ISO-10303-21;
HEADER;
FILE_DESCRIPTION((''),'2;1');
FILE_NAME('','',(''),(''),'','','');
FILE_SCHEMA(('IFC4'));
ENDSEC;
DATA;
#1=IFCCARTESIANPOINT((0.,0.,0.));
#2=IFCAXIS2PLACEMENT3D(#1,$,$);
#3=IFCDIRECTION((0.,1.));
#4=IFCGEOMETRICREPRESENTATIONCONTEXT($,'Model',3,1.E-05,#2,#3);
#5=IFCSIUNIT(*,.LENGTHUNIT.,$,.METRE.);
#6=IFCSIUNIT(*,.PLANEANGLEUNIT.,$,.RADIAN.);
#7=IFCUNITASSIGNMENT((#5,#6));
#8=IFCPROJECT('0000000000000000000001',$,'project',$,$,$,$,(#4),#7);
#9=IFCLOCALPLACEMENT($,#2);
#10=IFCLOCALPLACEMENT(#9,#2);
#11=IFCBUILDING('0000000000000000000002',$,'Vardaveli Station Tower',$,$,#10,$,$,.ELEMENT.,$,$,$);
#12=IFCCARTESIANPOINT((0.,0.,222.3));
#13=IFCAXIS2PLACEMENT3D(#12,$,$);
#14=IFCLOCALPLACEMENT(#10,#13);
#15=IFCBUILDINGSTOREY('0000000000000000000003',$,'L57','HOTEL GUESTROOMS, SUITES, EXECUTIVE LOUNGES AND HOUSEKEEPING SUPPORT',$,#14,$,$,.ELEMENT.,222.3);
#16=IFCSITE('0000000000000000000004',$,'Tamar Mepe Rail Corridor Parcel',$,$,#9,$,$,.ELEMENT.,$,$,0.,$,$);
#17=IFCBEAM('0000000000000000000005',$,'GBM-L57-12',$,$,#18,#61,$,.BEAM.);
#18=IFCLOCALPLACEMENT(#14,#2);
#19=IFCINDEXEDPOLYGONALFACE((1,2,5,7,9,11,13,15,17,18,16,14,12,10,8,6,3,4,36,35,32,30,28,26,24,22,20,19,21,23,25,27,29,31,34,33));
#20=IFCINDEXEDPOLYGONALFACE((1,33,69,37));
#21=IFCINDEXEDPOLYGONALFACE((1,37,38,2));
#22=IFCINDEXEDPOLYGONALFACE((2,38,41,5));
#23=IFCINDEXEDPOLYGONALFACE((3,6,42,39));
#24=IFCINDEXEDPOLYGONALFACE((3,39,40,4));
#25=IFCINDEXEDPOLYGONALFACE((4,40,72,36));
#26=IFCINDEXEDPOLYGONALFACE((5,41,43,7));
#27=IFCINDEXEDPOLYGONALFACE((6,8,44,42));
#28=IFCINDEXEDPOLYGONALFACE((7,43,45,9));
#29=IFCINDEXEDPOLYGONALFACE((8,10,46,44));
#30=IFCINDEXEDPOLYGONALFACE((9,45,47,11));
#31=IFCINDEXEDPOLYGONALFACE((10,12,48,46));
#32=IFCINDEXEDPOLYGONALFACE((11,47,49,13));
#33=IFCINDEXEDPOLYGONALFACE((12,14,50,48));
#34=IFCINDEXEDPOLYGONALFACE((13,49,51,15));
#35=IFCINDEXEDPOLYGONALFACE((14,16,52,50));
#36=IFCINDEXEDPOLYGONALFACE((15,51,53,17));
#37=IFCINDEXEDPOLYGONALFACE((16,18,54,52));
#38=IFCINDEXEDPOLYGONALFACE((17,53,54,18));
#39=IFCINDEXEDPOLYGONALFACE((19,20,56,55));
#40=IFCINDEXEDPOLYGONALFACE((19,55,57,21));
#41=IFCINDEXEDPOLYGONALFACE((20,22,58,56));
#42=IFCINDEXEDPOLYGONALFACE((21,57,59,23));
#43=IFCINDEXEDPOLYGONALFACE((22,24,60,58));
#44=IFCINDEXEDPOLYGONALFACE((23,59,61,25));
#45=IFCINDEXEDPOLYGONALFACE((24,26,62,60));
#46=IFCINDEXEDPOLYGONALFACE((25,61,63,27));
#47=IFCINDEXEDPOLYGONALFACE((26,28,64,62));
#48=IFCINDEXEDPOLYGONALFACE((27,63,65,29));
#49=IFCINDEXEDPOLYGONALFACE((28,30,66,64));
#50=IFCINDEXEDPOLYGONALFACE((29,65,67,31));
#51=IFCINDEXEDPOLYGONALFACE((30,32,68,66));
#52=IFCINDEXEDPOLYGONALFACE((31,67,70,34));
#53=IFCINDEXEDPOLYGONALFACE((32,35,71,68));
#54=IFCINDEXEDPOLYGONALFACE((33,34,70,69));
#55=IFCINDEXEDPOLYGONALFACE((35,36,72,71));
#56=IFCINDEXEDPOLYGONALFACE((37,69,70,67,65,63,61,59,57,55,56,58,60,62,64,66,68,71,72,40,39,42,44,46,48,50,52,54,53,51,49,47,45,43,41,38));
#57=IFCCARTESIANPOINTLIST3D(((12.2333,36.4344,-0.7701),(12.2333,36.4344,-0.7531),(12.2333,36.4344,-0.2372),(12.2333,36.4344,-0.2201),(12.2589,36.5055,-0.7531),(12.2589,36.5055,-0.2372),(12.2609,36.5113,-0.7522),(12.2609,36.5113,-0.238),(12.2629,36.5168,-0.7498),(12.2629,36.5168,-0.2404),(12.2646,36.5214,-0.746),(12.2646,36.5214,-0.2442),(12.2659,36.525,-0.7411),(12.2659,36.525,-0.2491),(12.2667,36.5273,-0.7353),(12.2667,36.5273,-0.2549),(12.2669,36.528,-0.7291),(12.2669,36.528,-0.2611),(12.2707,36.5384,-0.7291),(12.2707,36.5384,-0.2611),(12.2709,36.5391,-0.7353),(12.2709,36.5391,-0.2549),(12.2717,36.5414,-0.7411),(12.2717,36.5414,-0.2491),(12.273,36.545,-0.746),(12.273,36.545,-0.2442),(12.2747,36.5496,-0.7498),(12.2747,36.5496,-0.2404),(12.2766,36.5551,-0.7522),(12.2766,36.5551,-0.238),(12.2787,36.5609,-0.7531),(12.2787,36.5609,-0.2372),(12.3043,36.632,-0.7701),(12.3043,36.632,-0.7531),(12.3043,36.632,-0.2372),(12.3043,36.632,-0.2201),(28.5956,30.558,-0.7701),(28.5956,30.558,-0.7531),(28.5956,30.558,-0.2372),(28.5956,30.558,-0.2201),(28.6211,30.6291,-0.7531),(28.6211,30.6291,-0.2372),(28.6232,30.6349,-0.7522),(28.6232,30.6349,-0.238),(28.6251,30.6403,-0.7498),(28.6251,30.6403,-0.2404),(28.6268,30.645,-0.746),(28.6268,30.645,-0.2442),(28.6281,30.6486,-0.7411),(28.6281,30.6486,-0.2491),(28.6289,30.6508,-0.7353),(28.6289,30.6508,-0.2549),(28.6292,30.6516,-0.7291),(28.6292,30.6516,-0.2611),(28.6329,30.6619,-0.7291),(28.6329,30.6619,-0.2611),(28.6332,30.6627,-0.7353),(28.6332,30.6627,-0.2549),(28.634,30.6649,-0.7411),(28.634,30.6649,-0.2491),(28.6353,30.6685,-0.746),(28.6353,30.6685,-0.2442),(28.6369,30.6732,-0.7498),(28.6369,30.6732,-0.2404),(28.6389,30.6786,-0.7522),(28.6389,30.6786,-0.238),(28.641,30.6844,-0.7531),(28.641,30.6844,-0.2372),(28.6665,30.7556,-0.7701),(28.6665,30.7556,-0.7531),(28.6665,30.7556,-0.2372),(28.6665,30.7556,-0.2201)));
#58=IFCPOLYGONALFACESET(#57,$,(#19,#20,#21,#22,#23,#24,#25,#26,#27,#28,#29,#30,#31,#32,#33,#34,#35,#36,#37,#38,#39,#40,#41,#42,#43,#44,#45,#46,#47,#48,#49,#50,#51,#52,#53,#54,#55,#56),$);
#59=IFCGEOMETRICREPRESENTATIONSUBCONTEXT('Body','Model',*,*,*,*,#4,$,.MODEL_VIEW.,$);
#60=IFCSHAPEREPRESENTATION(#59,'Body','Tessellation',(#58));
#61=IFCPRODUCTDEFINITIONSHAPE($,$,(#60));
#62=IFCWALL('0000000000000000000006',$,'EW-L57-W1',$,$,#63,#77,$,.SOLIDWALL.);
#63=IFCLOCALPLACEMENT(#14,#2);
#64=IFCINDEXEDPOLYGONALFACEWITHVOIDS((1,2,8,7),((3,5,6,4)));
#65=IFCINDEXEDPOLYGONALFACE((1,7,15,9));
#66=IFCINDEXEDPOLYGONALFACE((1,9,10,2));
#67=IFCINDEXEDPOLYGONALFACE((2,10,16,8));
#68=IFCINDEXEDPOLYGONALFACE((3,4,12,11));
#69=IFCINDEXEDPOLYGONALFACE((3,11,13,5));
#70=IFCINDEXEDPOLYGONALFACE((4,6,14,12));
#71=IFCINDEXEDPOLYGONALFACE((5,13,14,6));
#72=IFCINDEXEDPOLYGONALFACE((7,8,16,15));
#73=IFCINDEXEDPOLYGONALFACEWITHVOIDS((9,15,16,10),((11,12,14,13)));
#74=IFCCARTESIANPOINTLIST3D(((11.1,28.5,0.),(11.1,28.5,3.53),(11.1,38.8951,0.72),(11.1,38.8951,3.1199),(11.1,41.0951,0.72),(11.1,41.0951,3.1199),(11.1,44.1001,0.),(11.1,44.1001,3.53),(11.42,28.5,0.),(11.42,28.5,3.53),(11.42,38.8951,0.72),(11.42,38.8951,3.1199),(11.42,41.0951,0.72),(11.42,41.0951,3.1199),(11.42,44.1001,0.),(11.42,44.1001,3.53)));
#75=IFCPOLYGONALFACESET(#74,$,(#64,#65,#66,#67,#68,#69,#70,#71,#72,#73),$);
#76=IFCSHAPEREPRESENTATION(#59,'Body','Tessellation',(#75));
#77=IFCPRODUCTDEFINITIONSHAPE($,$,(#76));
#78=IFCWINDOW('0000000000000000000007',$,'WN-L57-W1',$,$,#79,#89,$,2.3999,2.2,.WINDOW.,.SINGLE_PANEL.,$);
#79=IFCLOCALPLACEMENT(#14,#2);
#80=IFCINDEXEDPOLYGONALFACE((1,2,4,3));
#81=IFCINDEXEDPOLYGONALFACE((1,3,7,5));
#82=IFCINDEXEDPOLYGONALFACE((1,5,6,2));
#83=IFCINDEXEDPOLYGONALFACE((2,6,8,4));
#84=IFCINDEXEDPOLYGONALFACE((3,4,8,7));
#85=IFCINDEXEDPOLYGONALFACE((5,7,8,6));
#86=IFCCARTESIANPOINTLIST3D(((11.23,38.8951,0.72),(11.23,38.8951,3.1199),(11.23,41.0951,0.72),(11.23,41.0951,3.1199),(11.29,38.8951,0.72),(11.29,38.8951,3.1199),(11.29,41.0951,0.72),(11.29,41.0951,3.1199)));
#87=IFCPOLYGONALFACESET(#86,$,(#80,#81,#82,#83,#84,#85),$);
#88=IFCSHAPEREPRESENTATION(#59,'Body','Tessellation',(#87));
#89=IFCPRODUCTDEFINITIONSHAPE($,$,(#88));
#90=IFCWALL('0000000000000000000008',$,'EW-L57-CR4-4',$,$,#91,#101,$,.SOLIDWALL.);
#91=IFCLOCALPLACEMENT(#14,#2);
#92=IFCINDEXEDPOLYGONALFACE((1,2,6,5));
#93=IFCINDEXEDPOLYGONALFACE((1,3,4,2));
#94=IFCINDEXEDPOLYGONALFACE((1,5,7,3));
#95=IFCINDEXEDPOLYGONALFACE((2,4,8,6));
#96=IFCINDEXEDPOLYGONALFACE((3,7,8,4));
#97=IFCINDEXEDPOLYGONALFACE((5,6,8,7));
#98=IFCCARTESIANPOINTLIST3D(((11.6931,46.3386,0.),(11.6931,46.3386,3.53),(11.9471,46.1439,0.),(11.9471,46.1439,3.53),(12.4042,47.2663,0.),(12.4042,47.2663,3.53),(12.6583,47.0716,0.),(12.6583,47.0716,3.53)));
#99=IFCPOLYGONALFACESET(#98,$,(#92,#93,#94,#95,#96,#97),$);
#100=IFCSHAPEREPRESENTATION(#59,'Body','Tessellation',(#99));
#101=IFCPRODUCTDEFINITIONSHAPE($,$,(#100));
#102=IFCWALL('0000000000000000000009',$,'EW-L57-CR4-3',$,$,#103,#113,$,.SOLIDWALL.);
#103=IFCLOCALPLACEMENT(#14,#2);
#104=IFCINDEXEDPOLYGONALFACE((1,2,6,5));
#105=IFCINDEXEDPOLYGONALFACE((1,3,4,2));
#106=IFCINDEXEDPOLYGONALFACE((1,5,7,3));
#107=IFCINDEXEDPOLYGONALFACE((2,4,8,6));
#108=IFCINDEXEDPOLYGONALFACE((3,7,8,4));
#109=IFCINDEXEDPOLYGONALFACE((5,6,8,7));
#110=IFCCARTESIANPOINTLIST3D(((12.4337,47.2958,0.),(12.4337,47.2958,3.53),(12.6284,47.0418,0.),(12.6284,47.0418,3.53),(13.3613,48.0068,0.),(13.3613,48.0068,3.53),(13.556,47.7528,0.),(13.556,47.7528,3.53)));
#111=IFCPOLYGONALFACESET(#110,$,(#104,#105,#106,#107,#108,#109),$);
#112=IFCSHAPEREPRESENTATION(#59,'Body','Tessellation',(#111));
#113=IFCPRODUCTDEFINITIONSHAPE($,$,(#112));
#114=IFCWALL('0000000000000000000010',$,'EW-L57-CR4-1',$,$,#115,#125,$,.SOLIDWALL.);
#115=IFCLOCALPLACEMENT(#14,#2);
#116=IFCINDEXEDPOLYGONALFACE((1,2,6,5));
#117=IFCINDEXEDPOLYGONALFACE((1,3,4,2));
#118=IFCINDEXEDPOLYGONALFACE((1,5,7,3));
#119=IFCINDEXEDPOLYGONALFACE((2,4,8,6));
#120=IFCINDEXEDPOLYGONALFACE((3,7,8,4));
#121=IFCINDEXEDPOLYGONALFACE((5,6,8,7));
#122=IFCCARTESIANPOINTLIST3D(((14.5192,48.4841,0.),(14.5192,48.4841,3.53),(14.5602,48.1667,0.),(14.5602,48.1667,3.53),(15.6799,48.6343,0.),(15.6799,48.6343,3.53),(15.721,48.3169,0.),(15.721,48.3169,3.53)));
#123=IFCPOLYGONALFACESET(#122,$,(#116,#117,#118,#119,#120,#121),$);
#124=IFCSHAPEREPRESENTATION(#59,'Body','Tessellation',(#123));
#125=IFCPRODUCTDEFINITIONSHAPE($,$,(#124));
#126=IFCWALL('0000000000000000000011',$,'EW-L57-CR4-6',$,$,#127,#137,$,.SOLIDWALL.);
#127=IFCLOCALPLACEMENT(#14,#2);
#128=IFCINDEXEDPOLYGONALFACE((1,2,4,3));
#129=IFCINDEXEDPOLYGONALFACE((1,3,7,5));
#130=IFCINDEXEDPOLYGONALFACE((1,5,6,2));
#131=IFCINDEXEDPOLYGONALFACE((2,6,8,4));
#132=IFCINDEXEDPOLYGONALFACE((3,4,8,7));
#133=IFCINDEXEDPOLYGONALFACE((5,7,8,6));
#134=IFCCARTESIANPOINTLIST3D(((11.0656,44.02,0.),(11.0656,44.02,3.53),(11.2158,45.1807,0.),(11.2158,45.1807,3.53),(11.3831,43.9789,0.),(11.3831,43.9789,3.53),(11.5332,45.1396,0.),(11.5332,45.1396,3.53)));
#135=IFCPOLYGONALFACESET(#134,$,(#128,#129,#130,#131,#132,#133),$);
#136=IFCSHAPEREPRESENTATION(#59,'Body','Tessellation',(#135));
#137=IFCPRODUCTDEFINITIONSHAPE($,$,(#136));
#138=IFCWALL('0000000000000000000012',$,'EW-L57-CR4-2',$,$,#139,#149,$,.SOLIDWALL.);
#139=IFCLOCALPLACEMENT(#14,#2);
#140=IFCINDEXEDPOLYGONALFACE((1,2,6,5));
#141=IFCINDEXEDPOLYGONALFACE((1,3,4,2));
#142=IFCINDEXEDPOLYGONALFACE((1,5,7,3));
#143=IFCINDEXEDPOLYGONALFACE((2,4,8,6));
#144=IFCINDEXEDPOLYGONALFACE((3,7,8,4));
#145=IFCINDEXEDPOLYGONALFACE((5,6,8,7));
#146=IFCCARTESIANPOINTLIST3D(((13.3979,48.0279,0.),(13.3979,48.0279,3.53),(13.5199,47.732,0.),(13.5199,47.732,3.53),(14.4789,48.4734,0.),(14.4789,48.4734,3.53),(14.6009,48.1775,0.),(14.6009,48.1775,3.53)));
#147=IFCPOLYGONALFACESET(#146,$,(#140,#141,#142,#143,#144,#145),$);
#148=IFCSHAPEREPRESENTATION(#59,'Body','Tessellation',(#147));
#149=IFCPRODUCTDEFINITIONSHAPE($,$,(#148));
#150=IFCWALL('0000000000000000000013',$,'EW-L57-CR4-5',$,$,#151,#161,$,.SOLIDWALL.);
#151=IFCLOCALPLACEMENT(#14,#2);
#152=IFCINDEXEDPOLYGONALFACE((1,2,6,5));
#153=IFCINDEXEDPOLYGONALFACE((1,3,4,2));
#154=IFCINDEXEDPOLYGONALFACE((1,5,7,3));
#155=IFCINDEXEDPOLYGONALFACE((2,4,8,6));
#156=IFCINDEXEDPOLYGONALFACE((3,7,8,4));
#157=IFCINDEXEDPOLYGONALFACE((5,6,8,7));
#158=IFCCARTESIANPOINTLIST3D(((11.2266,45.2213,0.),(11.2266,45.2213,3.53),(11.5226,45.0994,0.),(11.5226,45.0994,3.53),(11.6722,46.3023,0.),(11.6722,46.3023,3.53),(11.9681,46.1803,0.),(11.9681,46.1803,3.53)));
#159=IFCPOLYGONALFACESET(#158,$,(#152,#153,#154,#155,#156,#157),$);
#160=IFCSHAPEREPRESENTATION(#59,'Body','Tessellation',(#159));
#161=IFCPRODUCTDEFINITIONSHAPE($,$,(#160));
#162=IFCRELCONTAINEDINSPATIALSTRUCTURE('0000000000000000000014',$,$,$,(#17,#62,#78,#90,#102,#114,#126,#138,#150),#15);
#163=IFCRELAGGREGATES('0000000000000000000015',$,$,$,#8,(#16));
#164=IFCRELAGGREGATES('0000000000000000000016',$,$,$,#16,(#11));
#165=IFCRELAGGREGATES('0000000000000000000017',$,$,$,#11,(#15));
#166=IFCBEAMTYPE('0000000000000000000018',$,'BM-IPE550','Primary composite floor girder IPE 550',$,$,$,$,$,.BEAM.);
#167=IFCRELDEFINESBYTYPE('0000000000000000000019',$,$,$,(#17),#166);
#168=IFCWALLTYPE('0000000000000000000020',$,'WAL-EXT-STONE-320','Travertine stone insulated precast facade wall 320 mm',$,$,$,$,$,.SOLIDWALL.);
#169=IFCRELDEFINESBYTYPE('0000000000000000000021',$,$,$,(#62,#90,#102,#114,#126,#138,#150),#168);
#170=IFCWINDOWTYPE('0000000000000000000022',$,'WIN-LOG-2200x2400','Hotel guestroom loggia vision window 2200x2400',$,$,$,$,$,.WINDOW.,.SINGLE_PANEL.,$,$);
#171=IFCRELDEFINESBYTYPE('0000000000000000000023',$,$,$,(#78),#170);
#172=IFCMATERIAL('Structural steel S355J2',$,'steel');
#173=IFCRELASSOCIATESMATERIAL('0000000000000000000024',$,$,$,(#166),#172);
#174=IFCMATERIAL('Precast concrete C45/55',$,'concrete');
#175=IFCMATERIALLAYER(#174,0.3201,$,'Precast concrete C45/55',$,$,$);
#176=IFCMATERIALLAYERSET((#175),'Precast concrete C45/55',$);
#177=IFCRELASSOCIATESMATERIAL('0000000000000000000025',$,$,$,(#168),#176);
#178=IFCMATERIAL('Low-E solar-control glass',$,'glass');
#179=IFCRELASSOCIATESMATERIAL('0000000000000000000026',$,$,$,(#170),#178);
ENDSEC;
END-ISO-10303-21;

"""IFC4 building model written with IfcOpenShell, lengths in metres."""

from ifc_helpers import new_model, si_unit, direction, frame, frame_2d, origin, origin_2d, place, context, subcontext, project, spatial, rectangle, i_section, extrude, source, transform, mapped, material, layer, layer_set, material_profile, profile_set, type_object, element, fill, save


model = new_model("IFC4")

# Units and contexts
model_context = context("Model", 3, precision=1e-05, world=origin(), true_north=direction((0.0, 1.0)))
body_context = subcontext(model_context, "Body", "Model", "MODEL_VIEW")
ifc_project = project(units=[si_unit("LENGTHUNIT", "METRE"), si_unit("PLANEANGLEUNIT", "RADIAN")], contexts=[model_context])

# Site, building, storey
site_placement = place(None, origin())
site = spatial("IfcSite", under=ifc_project, at=site_placement, Name="Tamar Mepe Rail Corridor Parcel", CompositionType="ELEMENT", RefElevation=0.0)
building_placement = place(site_placement, origin())
building = spatial("IfcBuilding", under=site, at=building_placement, Name="Vardaveli Station Tower", CompositionType="ELEMENT")
storey_placement = place(building_placement, frame((0.0, 0.0, 222.3)))
storey = spatial("IfcBuildingStorey", under=building, at=storey_placement, Name="L57", Description="HOTEL GUESTROOMS, SUITES, EXECUTIVE LOUNGES AND HOUSEKEEPING SUPPORT", CompositionType="ELEMENT", Elevation=222.3)

# Beam
ifc_material_1 = material(Name="Precast concrete C45/55", Category="concrete")
ifc_material_2 = material(Name="Structural steel S355J2", Category="steel")
ifc_material_profile_1 = material_profile(ifc_material_2, i_section(OverallWidth=0.21, OverallDepth=0.55, WebThickness=0.011, FlangeThickness=0.0171, FilletRadius=0.0239, at=origin_2d()), Name="IPE 550")
ifc_profile_set_1 = profile_set([ifc_material_profile_1], Name="Structural steel S355J2")
beam_type_1 = type_object("IfcBeamType", Name="BM-IPE550", Description="Primary composite floor girder IPE 550", PredefinedType="BEAM", material=ifc_profile_set_1)
shared_shape_1 = source(origin(), body_context, "Body", "SweptSolid", [
    extrude(i_section(OverallWidth=0.21, OverallDepth=0.55, WebThickness=0.011, FlangeThickness=0.0171, FilletRadius=0.0239, at=origin_2d()), origin(), (0.0, 0.0, 1.0), 17.3855),
])
beam_1_placement = place(storey_placement, frame((12.2688, 36.5332, -0.4951), z_axis=(0.941143, -0.338008, 0.0), x_axis=(0.338008, 0.941143, 0.0)))
element("IfcBeam", 1, at=beam_1_placement, inside=storey, type_object=beam_type_1, Name="GBM-L57-12", PredefinedType="BEAM", context=body_context, shape_type="MappedRepresentation", body=[
    mapped(shared_shape_1, transform((0.0, 0.0, 0.0), scale=1.0)),
])

# Wall, opening, window
ifc_layer_1 = layer(ifc_material_1, 0.3201, Name="Precast concrete C45/55")
ifc_layer_set_1 = layer_set([ifc_layer_1], Name="Precast concrete C45/55")
wall_type_1 = type_object("IfcWallType", Name="WAL-EXT-STONE-320", Description="Travertine stone insulated precast facade wall 320 mm", PredefinedType="SOLIDWALL", material=ifc_layer_set_1)
shared_shape_2 = source(origin(), body_context, "Body", "SweptSolid", [
    extrude(rectangle(XDim=15.6001, YDim=0.3201, at=frame_2d((7.8, 0.0))), origin(), (0.0, 0.0, 1.0), 3.53),
])
wall_1_placement = place(storey_placement, frame((11.26, 44.1001, 0.0), z_axis=(0.0, 0.0, 1.0), x_axis=(0.0, -1.0, 0.0)))
wall_1 = element("IfcWall", 2, at=wall_1_placement, inside=storey, type_object=wall_type_1, Name="EW-L57-W1", PredefinedType="SOLIDWALL", context=body_context, shape_type="MappedRepresentation", body=[
    mapped(shared_shape_2, transform((0.0, 0.0, 0.0), scale=1.0)),
])
shared_shape_3 = source(origin(), body_context, "Body", "SweptSolid", [
    extrude(rectangle(XDim=2.2, YDim=2.3999, at=frame_2d((1.1001, 1.2))), frame((0.0, 0.1699, 0.0), z_axis=(0.0, -1.0, 0.0), x_axis=(1.0, 0.0, 0.0)), (0.0, 0.0, 1.0), 0.3401),
])
opening_1_placement = place(wall_1_placement, frame((3.0049, 0.0, 0.72)))
opening_1 = element("IfcOpeningElement", 3, at=opening_1_placement, cuts=wall_1, PredefinedType="OPENING", context=body_context, shape_type="MappedRepresentation", body=[
    mapped(shared_shape_3, transform((0.0, 0.0, 0.0), scale=1.0)),
])
ifc_material_3 = material(Name="Low-E solar-control glass", Category="glass")
window_type = type_object("IfcWindowType", Name="WIN-LOG-2200x2400", Description="Hotel guestroom loggia vision window 2200x2400", PartitioningType="SINGLE_PANEL", PredefinedType="WINDOW", material=ifc_material_3)
shared_shape_4 = source(origin(), body_context, "Body", "SweptSolid", [
    extrude(rectangle(XDim=2.2, YDim=2.3999, at=frame_2d((1.1001, 1.2))), frame((0.0, 0.03, 0.0), z_axis=(0.0, -1.0, 0.0), x_axis=(1.0, 0.0, 0.0)), (0.0, 0.0, 1.0), 0.0601),
])
window_placement = place(opening_1_placement, origin())
window = element("IfcWindow", 4, at=window_placement, inside=storey, type_object=window_type, Name="WN-L57-W1", OverallHeight=2.3999, OverallWidth=2.2, PartitioningType="SINGLE_PANEL", PredefinedType="WINDOW", context=body_context, shape_type="MappedRepresentation", body=[
    mapped(shared_shape_4, transform((0.0, 0.0, 0.0), scale=1.0)),
])
fill(opening_1, window)

# Walls
shared_shape_5 = source(origin(), body_context, "Body", "SweptSolid", [
    extrude(rectangle(XDim=1.1689, YDim=0.3201, at=frame_2d((0.5845, 0.0))), origin(), (0.0, 0.0, 1.0), 3.53),
])
wall_2_placement = place(storey_placement, frame((12.5312, 47.1689, 0.0), z_axis=(0.0, 0.0, 1.0), x_axis=(-0.608388, -0.79364, 0.0)))
element("IfcWall", 5, at=wall_2_placement, inside=storey, type_object=wall_type_1, Name="EW-L57-CR4-4", PredefinedType="SOLIDWALL", context=body_context, shape_type="MappedRepresentation", body=[
    mapped(shared_shape_5, transform((0.0, 0.0, 0.0), scale=1.0)),
])
shared_shape_6 = source(origin(), body_context, "Body", "SweptSolid", [
    extrude(rectangle(XDim=1.1687, YDim=0.3201, at=frame_2d((0.5845, 0.0))), origin(), (0.0, 0.0, 1.0), 3.53),
])
wall_3_placement = place(storey_placement, frame((13.4587, 47.8799, 0.0), z_axis=(0.0, 0.0, 1.0), x_axis=(-0.793664, -0.608357, 0.0)))
element("IfcWall", 6, at=wall_3_placement, inside=storey, type_object=wall_type_1, Name="EW-L57-CR4-3", PredefinedType="SOLIDWALL", context=body_context, shape_type="MappedRepresentation", body=[
    mapped(shared_shape_6, transform((0.0, 0.0, 0.0), scale=1.0)),
])
shared_shape_7 = source(origin(), body_context, "Body", "SweptSolid", [
    extrude(rectangle(XDim=1.1704, YDim=0.3201, at=frame_2d((0.5852, 0.0))), origin(), (0.0, 0.0, 1.0), 3.53),
])
for number, where, z_axis, x_axis, name in (
    (7, (15.7004, 48.4756, 0.0), (0.0, 0.0, 1.0), (-0.991736, -0.128296, 0.0), "EW-L57-CR4-1"),
    (8, (11.3745, 45.1602, 0.0), (0.0, 0.0, 1.0), (-0.128296, -0.991736, 0.0), "EW-L57-CR4-6"),
):
    element("IfcWall", number, at=place(storey_placement, frame(where, z_axis=z_axis, x_axis=x_axis)), inside=storey, type_object=wall_type_1, Name=name, PredefinedType="SOLIDWALL", context=body_context, shape_type="MappedRepresentation", body=[
        mapped(shared_shape_7, transform((0.0, 0.0, 0.0), scale=1.0)),
    ])
shared_shape_8 = source(origin(), body_context, "Body", "SweptSolid", [
    extrude(rectangle(XDim=1.1692, YDim=0.3201, at=frame_2d((0.5845, 0.0))), origin(), (0.0, 0.0, 1.0), 3.53),
])
for number, where, z_axis, x_axis, name in (
    (9, (14.5398, 48.3254, 0.0), (0.0, 0.0, 1.0), (-0.924553, -0.381054, 0.0), "EW-L57-CR4-2"),
    (10, (11.8201, 46.2412, 0.0), (0.0, 0.0, 1.0), (-0.381054, -0.924553, 0.0), "EW-L57-CR4-5"),
):
    element("IfcWall", number, at=place(storey_placement, frame(where, z_axis=z_axis, x_axis=x_axis)), inside=storey, type_object=wall_type_1, Name=name, PredefinedType="SOLIDWALL", context=body_context, shape_type="MappedRepresentation", body=[
        mapped(shared_shape_8, transform((0.0, 0.0, 0.0), scale=1.0)),
    ])

save(model, "model.ifc")
